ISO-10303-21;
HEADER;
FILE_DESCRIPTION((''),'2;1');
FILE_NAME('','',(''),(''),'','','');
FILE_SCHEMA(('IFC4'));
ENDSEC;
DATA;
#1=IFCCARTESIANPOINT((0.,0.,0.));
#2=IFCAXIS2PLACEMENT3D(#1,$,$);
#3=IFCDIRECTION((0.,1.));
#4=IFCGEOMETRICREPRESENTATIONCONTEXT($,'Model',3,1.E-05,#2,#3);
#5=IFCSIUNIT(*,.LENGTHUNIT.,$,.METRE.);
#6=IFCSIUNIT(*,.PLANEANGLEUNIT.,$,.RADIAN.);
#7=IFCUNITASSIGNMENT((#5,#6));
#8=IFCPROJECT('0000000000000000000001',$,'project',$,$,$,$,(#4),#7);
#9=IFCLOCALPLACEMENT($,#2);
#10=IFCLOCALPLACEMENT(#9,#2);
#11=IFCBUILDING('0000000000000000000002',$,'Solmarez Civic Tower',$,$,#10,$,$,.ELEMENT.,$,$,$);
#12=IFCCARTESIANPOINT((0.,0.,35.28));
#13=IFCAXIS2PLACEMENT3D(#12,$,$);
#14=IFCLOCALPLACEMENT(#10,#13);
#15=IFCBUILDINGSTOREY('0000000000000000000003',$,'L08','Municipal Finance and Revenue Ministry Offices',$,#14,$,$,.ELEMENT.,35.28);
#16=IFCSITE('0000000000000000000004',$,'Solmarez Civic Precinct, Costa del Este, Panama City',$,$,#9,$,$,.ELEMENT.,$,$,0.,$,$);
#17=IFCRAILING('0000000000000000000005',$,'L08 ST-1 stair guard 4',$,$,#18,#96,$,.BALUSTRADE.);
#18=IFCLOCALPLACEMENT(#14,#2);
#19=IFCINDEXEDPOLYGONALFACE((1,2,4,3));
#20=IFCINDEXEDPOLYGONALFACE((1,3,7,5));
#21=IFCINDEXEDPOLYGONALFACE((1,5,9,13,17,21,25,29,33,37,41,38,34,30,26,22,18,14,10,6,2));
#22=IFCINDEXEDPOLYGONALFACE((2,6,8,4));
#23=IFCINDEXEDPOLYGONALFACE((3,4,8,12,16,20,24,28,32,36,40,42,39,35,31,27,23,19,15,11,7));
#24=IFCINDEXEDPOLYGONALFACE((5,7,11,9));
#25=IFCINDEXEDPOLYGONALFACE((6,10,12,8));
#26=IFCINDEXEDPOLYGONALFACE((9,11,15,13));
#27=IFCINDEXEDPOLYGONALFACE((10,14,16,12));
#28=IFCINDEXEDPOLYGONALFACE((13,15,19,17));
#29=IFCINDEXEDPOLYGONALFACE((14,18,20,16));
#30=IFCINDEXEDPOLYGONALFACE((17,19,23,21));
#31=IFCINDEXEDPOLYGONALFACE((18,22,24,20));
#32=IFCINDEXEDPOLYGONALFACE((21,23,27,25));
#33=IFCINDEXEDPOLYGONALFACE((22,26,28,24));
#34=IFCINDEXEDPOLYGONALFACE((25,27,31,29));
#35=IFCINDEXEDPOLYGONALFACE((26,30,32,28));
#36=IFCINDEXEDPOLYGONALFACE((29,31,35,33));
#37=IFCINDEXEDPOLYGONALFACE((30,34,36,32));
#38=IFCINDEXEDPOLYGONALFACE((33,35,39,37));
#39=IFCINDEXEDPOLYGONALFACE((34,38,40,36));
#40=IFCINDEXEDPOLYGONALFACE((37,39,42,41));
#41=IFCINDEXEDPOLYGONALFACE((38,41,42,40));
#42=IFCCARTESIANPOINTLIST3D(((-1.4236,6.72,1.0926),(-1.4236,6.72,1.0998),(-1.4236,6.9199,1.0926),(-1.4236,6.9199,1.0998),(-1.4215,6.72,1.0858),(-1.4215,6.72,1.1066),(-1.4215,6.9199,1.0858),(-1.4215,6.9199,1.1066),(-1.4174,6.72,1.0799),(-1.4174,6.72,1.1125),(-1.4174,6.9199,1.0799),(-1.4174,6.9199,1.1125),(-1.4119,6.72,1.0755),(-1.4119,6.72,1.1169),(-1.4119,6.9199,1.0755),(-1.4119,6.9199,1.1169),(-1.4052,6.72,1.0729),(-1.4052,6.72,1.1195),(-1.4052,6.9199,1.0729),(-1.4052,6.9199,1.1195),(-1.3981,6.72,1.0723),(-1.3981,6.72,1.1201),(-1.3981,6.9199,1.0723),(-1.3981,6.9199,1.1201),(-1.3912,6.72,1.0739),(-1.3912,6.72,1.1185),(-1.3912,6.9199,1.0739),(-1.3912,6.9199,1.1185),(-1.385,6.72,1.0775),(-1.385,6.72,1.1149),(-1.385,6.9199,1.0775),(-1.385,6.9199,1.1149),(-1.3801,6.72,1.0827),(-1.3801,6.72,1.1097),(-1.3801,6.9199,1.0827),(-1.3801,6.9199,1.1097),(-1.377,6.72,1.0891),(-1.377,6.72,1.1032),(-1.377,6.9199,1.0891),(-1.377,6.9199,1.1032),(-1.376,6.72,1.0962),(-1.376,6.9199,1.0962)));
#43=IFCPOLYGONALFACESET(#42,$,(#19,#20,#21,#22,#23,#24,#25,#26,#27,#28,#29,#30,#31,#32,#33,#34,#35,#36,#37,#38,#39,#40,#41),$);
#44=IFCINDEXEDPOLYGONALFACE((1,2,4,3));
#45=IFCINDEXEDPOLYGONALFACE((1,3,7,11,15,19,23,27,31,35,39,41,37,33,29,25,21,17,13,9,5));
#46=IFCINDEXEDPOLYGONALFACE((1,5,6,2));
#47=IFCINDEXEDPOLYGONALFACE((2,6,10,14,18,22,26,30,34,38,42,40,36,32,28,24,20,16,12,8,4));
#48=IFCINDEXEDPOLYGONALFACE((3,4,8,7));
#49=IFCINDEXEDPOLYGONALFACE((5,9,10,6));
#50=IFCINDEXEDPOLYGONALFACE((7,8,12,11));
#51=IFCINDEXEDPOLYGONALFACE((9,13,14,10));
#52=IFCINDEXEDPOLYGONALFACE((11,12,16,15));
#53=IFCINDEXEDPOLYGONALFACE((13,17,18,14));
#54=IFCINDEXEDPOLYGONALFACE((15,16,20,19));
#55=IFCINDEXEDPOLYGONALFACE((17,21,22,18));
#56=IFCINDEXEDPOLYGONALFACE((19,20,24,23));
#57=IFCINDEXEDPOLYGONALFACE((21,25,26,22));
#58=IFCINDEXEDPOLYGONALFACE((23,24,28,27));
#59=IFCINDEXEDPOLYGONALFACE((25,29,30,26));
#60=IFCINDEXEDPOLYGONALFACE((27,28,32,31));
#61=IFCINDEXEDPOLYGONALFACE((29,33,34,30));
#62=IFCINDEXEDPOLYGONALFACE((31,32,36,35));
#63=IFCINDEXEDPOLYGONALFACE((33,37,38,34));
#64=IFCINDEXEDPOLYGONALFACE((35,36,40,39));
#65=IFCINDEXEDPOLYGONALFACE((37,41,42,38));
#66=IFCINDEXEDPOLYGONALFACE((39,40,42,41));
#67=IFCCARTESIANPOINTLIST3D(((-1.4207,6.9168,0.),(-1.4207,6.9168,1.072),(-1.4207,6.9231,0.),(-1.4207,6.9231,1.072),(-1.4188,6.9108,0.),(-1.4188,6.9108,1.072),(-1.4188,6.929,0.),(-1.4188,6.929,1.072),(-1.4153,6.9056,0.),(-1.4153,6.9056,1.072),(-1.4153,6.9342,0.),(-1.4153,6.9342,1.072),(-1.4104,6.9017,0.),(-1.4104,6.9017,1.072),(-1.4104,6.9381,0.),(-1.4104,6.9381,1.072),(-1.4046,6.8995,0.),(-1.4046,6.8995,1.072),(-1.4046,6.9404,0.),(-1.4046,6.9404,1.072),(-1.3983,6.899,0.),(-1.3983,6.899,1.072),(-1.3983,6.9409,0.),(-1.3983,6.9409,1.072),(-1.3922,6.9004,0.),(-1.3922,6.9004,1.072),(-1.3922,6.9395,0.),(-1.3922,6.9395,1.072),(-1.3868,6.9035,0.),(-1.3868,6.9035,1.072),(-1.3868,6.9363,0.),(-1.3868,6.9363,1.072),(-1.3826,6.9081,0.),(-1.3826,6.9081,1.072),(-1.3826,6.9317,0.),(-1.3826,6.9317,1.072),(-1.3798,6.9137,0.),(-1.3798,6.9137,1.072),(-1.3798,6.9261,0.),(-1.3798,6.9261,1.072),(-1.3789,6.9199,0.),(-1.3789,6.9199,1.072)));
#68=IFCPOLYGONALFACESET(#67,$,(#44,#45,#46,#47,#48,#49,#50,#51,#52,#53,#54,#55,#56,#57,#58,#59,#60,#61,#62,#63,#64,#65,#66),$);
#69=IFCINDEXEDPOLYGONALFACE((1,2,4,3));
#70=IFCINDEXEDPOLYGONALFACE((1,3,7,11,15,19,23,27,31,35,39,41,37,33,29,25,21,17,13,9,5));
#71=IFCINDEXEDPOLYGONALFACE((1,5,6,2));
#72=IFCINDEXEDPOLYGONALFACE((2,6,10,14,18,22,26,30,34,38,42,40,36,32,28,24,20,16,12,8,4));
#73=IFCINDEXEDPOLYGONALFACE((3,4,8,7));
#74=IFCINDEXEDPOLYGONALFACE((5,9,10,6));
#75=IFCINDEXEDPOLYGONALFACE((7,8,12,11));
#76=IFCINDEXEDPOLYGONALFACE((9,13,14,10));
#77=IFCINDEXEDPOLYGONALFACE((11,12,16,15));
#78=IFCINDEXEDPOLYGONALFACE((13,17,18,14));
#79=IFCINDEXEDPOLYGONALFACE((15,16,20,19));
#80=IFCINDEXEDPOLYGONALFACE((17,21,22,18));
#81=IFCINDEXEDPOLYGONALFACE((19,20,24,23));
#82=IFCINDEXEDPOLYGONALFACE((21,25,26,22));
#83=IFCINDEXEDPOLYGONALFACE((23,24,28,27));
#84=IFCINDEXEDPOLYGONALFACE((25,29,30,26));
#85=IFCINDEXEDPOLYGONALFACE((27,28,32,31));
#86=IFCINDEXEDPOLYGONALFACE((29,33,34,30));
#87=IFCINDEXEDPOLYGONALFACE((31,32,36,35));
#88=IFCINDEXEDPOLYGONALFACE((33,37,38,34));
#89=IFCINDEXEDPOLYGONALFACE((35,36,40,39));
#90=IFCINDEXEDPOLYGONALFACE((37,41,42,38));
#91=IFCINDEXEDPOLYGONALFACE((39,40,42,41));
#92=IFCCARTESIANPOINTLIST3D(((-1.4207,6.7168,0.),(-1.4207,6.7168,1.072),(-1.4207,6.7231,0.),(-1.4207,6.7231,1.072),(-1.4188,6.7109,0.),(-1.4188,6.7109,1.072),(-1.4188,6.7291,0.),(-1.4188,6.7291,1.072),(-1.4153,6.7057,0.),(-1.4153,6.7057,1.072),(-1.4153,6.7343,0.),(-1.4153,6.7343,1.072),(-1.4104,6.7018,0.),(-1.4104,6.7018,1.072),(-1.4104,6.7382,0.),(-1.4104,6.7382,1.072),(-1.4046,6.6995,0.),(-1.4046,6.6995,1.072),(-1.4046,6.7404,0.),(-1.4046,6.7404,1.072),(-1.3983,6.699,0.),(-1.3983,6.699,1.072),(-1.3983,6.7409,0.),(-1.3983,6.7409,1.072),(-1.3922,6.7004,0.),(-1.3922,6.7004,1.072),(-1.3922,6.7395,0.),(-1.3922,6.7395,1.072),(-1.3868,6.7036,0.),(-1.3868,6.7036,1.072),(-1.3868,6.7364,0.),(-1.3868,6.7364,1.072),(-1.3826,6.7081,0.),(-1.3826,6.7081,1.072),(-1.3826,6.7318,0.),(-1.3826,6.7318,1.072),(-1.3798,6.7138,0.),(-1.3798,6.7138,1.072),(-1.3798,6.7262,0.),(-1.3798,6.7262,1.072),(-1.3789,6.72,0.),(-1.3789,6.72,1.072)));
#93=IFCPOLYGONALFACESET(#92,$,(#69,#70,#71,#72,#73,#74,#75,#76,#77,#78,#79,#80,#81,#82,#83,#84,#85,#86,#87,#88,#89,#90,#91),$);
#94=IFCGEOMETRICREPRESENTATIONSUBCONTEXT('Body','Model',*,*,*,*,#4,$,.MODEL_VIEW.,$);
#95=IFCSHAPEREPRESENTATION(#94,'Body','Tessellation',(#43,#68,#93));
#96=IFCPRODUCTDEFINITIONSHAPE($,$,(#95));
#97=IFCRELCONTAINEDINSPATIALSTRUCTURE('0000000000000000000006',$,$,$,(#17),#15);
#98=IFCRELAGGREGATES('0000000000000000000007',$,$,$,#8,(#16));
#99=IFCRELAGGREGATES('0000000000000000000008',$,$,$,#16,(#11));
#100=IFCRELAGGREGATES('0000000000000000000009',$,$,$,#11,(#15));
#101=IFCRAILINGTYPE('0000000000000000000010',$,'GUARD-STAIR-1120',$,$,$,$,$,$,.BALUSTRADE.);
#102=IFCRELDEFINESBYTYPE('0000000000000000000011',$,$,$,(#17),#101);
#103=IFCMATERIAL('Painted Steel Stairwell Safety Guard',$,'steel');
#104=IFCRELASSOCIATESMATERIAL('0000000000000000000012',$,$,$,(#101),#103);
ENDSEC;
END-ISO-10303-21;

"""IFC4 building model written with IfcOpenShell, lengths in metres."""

from ifc_helpers import new_model, si_unit, direction, frame, origin, origin_2d, place, context, subcontext, project, spatial, circle, extrude, material, type_object, element, save


model = new_model("IFC4")

# Units and contexts
model_context = context("Model", 3, precision=1e-05, world=origin(), true_north=direction((0.0, 1.0)))
body_context = subcontext(model_context, "Body", "Model", "MODEL_VIEW")
ifc_project = project(units=[si_unit("LENGTHUNIT", "METRE"), si_unit("PLANEANGLEUNIT", "RADIAN")], contexts=[model_context])

# Site, building, storey
site_placement = place(None, origin())
site = spatial("IfcSite", under=ifc_project, at=site_placement, Name="Solmarez Civic Precinct, Costa del Este, Panama City", CompositionType="ELEMENT", RefElevation=0.0)
building_placement = place(site_placement, origin())
building = spatial("IfcBuilding", under=site, at=building_placement, Name="Solmarez Civic Tower", CompositionType="ELEMENT")
storey_placement = place(building_placement, frame((0.0, 0.0, 35.28)))
storey = spatial("IfcBuildingStorey", under=building, at=storey_placement, Name="L08", Description="Municipal Finance and Revenue Ministry Offices", CompositionType="ELEMENT", Elevation=35.28)

# Railing
ifc_material_1 = material(Name="Painted Steel Stairwell Safety Guard", Category="steel")
railing_type_1 = type_object("IfcRailingType", Name="GUARD-STAIR-1120", PredefinedType="BALUSTRADE", material=ifc_material_1)
railing_1_placement = place(storey_placement, frame((-1.3999, 6.9199, 0.0)))
element("IfcRailing", 1, at=railing_1_placement, inside=storey, type_object=railing_type_1, Name="L08 ST-1 stair guard 4", PredefinedType="BALUSTRADE", context=body_context, shape_type="SweptSolid", body=[
    extrude(circle(Radius=0.0239, at=origin_2d()), frame((0.0, 0.0, 1.0962), z_axis=(0.0, -1.0, 0.0), x_axis=(1.0, 0.0, 0.0)), (0.0, 0.0, 1.0), 0.2),
    extrude(circle(Radius=0.021, at=origin_2d()), origin(), (0.0, 0.0, 1.0), 1.072),
    extrude(circle(Radius=0.021, at=origin_2d()), frame((0.0, -0.2, 0.0)), (0.0, 0.0, 1.0), 1.072),
])

save(model, "model.ifc")
